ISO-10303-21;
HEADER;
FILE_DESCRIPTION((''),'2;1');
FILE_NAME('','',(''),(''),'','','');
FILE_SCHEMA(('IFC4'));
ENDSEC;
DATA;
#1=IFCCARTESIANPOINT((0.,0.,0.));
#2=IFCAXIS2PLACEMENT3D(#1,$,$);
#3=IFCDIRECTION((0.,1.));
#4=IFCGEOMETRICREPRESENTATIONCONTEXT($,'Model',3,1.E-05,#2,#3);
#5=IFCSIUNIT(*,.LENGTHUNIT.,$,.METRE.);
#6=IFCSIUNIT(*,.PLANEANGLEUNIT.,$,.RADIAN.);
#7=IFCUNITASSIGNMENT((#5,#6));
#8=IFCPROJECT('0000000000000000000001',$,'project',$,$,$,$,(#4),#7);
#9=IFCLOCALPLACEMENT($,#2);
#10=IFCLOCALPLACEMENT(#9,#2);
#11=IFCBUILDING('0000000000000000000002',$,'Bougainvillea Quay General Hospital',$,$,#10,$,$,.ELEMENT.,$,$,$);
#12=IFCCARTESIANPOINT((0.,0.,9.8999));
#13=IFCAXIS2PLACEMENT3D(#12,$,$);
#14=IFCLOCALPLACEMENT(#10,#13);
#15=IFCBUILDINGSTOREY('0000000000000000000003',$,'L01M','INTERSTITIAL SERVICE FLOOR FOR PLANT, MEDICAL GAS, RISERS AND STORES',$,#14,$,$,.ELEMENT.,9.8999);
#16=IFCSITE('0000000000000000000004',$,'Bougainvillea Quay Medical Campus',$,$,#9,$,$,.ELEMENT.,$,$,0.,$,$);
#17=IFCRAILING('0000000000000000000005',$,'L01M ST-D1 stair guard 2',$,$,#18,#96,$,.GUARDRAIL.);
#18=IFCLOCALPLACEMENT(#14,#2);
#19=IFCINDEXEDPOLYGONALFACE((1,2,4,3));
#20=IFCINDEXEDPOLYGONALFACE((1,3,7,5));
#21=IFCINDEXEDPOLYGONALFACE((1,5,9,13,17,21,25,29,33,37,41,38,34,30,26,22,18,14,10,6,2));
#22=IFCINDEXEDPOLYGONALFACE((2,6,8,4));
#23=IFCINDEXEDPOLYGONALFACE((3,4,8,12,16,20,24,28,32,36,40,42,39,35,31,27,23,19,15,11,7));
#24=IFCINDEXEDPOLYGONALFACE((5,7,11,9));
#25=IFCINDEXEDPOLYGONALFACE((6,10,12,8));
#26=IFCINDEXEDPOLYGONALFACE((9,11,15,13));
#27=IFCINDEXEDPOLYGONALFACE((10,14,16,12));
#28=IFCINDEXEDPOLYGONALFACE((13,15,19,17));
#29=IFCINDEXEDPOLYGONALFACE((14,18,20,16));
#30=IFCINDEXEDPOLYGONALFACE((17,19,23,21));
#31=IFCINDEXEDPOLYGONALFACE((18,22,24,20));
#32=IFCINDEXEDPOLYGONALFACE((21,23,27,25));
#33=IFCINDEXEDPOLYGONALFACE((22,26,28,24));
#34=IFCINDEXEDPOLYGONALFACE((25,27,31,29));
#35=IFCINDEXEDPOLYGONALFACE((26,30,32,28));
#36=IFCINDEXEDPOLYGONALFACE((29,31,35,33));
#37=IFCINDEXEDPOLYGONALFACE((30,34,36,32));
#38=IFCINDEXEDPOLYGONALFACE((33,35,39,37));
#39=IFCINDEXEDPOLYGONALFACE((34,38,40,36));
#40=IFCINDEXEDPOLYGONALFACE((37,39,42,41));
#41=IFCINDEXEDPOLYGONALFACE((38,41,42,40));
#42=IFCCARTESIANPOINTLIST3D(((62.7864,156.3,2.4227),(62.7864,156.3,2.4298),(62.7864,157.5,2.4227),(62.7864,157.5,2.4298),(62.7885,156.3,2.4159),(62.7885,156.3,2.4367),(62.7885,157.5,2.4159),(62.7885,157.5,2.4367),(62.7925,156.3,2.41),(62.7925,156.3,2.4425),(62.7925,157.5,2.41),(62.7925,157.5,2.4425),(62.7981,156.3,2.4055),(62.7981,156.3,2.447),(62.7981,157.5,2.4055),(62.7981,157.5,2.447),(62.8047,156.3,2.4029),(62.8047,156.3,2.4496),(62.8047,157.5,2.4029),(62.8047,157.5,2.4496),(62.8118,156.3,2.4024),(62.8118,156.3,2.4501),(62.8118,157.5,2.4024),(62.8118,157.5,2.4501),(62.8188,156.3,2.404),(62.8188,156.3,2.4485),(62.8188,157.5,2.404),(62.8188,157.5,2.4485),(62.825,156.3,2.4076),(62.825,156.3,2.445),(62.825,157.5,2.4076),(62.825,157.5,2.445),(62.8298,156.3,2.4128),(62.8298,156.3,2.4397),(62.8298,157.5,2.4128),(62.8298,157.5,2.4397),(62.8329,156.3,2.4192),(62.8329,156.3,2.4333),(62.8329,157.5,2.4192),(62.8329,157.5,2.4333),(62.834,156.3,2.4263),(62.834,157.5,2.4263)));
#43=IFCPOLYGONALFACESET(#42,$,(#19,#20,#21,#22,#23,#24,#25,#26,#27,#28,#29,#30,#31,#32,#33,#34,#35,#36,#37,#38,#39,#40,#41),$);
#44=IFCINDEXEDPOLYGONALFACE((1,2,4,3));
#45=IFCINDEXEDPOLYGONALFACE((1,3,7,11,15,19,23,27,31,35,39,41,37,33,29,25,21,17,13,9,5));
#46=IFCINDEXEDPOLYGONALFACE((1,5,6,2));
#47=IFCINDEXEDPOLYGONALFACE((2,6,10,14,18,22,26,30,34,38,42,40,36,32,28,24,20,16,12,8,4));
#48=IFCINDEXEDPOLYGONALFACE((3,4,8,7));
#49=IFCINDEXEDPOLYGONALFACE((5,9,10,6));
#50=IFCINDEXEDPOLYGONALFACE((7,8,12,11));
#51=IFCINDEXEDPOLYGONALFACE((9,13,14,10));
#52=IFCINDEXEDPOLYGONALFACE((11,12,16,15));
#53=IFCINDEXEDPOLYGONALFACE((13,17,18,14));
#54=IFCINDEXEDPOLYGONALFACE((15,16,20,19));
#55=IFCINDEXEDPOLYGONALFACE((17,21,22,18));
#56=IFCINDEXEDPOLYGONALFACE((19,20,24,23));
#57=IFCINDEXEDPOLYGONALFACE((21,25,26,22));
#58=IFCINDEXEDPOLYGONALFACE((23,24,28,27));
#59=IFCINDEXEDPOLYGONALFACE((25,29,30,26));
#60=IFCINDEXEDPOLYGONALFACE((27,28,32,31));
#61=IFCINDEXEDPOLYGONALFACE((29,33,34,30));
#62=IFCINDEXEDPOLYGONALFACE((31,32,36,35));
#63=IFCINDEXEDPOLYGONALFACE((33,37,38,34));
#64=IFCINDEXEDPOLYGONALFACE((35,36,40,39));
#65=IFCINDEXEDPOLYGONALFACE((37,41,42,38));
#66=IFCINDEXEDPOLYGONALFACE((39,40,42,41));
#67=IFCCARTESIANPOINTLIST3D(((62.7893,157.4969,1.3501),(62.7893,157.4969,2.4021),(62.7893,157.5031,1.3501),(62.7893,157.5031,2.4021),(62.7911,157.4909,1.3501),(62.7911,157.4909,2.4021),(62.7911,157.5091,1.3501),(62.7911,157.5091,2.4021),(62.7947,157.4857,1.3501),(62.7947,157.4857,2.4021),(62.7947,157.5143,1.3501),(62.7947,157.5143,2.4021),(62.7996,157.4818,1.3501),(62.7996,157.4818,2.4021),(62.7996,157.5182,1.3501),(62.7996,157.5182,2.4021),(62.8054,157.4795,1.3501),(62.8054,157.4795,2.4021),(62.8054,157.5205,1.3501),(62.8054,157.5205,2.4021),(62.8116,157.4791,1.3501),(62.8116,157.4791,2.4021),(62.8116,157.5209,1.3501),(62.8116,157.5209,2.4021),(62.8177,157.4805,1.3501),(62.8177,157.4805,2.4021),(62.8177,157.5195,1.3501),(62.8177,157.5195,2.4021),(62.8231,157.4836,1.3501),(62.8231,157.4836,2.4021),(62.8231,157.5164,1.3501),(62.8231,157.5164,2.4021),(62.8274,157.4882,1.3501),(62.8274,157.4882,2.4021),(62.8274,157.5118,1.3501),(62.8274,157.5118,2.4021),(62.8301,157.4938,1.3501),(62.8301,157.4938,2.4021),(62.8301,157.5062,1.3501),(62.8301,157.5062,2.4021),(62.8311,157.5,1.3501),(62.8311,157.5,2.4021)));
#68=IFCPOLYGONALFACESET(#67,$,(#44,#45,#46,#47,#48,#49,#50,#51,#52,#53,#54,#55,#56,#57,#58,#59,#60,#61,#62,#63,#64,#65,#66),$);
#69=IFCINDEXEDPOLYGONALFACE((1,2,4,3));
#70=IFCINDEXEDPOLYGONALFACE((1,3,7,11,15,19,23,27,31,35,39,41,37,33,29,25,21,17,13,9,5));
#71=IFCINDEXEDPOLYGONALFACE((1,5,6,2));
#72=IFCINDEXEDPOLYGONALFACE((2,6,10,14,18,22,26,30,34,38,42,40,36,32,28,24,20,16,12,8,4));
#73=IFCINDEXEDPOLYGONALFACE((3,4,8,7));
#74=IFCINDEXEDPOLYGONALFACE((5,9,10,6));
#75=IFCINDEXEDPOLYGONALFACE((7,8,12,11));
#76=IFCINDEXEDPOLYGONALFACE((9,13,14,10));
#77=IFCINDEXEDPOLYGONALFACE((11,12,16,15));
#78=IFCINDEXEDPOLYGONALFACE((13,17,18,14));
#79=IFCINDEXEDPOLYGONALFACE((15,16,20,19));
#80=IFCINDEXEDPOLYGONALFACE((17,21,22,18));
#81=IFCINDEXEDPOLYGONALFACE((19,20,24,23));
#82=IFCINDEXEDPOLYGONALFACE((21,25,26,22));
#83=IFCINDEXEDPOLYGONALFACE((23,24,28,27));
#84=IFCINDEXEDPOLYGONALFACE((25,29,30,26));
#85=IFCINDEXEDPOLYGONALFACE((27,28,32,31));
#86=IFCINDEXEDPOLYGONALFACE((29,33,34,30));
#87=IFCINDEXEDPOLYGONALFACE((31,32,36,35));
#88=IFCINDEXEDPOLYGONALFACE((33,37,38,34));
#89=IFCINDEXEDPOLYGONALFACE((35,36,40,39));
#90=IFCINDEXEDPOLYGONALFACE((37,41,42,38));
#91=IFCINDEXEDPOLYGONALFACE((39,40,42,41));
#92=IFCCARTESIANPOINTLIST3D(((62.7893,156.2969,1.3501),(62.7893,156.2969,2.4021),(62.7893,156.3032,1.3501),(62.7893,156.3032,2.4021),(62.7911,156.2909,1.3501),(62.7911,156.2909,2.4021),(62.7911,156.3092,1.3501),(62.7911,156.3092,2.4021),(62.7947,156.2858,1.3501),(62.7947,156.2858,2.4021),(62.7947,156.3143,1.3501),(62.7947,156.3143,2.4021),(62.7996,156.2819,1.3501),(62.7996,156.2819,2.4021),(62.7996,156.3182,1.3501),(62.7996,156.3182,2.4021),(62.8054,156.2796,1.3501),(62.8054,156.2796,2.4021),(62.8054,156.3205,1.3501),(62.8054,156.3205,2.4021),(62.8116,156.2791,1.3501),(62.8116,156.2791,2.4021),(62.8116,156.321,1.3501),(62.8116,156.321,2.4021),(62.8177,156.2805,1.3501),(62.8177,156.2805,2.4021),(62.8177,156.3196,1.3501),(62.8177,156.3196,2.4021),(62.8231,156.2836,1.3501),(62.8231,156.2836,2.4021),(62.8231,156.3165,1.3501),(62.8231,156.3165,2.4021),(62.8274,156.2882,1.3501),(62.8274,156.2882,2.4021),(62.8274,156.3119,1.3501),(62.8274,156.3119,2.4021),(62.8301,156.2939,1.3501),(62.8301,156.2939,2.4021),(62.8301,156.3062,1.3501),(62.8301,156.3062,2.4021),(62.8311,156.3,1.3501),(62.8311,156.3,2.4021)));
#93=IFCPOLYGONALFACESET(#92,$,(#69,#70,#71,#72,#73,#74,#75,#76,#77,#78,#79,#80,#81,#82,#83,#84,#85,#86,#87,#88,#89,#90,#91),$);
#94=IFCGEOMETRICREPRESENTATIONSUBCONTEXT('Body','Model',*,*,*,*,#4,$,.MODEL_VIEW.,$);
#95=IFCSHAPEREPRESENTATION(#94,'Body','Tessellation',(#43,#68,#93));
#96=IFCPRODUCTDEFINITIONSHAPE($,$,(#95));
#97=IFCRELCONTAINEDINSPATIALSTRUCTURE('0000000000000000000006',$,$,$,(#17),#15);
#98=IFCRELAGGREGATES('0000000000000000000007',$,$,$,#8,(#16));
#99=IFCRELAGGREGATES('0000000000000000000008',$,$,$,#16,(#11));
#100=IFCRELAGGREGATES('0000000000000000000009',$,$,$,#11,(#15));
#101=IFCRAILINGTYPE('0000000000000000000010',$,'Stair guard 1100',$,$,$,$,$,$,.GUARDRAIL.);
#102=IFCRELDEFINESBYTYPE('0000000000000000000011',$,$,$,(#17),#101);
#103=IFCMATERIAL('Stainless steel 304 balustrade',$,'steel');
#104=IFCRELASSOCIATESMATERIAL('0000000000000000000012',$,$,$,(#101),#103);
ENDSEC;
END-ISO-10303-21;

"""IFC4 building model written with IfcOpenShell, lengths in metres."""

from ifc_helpers import new_model, si_unit, direction, frame, origin, origin_2d, place, context, subcontext, project, spatial, circle, extrude, material, type_object, element, save


model = new_model("IFC4")

# Units and contexts
model_context = context("Model", 3, precision=1e-05, world=origin(), true_north=direction((0.0, 1.0)))
body_context = subcontext(model_context, "Body", "Model", "MODEL_VIEW")
ifc_project = project(units=[si_unit("LENGTHUNIT", "METRE"), si_unit("PLANEANGLEUNIT", "RADIAN")], contexts=[model_context])

# Site, building, storey
site_placement = place(None, origin())
site = spatial("IfcSite", under=ifc_project, at=site_placement, Name="Bougainvillea Quay Medical Campus", CompositionType="ELEMENT", RefElevation=0.0)
building_placement = place(site_placement, origin())
building = spatial("IfcBuilding", under=site, at=building_placement, Name="Bougainvillea Quay General Hospital", CompositionType="ELEMENT")
storey_placement = place(building_placement, frame((0.0, 0.0, 9.8999)))
storey = spatial("IfcBuildingStorey", under=building, at=storey_placement, Name="L01M", Description="INTERSTITIAL SERVICE FLOOR FOR PLANT, MEDICAL GAS, RISERS AND STORES", CompositionType="ELEMENT", Elevation=9.8999)

# Railing
ifc_material_1 = material(Name="Stainless steel 304 balustrade", Category="steel")
railing_type_1 = type_object("IfcRailingType", Name="Stair guard 1100", PredefinedType="GUARDRAIL", material=ifc_material_1)
railing_1_placement = place(storey_placement, frame((62.8101, 157.5, 1.3501)))
element("IfcRailing", 1, at=railing_1_placement, inside=storey, type_object=railing_type_1, Name="L01M ST-D1 stair guard 2", PredefinedType="GUARDRAIL", context=body_context, shape_type="SweptSolid", body=[
    extrude(circle(Radius=0.0239, at=origin_2d()), frame((0.0, 0.0, 1.0762), z_axis=(0.0, -1.0, 0.0), x_axis=(1.0, 0.0, 0.0)), (0.0, 0.0, 1.0), 1.2),
    extrude(circle(Radius=0.021, at=origin_2d()), origin(), (0.0, 0.0, 1.0), 1.052),
    extrude(circle(Radius=0.021, at=origin_2d()), frame((0.0, -1.2, 0.0)), (0.0, 0.0, 1.0), 1.052),
])

save(model, "model.ifc")
